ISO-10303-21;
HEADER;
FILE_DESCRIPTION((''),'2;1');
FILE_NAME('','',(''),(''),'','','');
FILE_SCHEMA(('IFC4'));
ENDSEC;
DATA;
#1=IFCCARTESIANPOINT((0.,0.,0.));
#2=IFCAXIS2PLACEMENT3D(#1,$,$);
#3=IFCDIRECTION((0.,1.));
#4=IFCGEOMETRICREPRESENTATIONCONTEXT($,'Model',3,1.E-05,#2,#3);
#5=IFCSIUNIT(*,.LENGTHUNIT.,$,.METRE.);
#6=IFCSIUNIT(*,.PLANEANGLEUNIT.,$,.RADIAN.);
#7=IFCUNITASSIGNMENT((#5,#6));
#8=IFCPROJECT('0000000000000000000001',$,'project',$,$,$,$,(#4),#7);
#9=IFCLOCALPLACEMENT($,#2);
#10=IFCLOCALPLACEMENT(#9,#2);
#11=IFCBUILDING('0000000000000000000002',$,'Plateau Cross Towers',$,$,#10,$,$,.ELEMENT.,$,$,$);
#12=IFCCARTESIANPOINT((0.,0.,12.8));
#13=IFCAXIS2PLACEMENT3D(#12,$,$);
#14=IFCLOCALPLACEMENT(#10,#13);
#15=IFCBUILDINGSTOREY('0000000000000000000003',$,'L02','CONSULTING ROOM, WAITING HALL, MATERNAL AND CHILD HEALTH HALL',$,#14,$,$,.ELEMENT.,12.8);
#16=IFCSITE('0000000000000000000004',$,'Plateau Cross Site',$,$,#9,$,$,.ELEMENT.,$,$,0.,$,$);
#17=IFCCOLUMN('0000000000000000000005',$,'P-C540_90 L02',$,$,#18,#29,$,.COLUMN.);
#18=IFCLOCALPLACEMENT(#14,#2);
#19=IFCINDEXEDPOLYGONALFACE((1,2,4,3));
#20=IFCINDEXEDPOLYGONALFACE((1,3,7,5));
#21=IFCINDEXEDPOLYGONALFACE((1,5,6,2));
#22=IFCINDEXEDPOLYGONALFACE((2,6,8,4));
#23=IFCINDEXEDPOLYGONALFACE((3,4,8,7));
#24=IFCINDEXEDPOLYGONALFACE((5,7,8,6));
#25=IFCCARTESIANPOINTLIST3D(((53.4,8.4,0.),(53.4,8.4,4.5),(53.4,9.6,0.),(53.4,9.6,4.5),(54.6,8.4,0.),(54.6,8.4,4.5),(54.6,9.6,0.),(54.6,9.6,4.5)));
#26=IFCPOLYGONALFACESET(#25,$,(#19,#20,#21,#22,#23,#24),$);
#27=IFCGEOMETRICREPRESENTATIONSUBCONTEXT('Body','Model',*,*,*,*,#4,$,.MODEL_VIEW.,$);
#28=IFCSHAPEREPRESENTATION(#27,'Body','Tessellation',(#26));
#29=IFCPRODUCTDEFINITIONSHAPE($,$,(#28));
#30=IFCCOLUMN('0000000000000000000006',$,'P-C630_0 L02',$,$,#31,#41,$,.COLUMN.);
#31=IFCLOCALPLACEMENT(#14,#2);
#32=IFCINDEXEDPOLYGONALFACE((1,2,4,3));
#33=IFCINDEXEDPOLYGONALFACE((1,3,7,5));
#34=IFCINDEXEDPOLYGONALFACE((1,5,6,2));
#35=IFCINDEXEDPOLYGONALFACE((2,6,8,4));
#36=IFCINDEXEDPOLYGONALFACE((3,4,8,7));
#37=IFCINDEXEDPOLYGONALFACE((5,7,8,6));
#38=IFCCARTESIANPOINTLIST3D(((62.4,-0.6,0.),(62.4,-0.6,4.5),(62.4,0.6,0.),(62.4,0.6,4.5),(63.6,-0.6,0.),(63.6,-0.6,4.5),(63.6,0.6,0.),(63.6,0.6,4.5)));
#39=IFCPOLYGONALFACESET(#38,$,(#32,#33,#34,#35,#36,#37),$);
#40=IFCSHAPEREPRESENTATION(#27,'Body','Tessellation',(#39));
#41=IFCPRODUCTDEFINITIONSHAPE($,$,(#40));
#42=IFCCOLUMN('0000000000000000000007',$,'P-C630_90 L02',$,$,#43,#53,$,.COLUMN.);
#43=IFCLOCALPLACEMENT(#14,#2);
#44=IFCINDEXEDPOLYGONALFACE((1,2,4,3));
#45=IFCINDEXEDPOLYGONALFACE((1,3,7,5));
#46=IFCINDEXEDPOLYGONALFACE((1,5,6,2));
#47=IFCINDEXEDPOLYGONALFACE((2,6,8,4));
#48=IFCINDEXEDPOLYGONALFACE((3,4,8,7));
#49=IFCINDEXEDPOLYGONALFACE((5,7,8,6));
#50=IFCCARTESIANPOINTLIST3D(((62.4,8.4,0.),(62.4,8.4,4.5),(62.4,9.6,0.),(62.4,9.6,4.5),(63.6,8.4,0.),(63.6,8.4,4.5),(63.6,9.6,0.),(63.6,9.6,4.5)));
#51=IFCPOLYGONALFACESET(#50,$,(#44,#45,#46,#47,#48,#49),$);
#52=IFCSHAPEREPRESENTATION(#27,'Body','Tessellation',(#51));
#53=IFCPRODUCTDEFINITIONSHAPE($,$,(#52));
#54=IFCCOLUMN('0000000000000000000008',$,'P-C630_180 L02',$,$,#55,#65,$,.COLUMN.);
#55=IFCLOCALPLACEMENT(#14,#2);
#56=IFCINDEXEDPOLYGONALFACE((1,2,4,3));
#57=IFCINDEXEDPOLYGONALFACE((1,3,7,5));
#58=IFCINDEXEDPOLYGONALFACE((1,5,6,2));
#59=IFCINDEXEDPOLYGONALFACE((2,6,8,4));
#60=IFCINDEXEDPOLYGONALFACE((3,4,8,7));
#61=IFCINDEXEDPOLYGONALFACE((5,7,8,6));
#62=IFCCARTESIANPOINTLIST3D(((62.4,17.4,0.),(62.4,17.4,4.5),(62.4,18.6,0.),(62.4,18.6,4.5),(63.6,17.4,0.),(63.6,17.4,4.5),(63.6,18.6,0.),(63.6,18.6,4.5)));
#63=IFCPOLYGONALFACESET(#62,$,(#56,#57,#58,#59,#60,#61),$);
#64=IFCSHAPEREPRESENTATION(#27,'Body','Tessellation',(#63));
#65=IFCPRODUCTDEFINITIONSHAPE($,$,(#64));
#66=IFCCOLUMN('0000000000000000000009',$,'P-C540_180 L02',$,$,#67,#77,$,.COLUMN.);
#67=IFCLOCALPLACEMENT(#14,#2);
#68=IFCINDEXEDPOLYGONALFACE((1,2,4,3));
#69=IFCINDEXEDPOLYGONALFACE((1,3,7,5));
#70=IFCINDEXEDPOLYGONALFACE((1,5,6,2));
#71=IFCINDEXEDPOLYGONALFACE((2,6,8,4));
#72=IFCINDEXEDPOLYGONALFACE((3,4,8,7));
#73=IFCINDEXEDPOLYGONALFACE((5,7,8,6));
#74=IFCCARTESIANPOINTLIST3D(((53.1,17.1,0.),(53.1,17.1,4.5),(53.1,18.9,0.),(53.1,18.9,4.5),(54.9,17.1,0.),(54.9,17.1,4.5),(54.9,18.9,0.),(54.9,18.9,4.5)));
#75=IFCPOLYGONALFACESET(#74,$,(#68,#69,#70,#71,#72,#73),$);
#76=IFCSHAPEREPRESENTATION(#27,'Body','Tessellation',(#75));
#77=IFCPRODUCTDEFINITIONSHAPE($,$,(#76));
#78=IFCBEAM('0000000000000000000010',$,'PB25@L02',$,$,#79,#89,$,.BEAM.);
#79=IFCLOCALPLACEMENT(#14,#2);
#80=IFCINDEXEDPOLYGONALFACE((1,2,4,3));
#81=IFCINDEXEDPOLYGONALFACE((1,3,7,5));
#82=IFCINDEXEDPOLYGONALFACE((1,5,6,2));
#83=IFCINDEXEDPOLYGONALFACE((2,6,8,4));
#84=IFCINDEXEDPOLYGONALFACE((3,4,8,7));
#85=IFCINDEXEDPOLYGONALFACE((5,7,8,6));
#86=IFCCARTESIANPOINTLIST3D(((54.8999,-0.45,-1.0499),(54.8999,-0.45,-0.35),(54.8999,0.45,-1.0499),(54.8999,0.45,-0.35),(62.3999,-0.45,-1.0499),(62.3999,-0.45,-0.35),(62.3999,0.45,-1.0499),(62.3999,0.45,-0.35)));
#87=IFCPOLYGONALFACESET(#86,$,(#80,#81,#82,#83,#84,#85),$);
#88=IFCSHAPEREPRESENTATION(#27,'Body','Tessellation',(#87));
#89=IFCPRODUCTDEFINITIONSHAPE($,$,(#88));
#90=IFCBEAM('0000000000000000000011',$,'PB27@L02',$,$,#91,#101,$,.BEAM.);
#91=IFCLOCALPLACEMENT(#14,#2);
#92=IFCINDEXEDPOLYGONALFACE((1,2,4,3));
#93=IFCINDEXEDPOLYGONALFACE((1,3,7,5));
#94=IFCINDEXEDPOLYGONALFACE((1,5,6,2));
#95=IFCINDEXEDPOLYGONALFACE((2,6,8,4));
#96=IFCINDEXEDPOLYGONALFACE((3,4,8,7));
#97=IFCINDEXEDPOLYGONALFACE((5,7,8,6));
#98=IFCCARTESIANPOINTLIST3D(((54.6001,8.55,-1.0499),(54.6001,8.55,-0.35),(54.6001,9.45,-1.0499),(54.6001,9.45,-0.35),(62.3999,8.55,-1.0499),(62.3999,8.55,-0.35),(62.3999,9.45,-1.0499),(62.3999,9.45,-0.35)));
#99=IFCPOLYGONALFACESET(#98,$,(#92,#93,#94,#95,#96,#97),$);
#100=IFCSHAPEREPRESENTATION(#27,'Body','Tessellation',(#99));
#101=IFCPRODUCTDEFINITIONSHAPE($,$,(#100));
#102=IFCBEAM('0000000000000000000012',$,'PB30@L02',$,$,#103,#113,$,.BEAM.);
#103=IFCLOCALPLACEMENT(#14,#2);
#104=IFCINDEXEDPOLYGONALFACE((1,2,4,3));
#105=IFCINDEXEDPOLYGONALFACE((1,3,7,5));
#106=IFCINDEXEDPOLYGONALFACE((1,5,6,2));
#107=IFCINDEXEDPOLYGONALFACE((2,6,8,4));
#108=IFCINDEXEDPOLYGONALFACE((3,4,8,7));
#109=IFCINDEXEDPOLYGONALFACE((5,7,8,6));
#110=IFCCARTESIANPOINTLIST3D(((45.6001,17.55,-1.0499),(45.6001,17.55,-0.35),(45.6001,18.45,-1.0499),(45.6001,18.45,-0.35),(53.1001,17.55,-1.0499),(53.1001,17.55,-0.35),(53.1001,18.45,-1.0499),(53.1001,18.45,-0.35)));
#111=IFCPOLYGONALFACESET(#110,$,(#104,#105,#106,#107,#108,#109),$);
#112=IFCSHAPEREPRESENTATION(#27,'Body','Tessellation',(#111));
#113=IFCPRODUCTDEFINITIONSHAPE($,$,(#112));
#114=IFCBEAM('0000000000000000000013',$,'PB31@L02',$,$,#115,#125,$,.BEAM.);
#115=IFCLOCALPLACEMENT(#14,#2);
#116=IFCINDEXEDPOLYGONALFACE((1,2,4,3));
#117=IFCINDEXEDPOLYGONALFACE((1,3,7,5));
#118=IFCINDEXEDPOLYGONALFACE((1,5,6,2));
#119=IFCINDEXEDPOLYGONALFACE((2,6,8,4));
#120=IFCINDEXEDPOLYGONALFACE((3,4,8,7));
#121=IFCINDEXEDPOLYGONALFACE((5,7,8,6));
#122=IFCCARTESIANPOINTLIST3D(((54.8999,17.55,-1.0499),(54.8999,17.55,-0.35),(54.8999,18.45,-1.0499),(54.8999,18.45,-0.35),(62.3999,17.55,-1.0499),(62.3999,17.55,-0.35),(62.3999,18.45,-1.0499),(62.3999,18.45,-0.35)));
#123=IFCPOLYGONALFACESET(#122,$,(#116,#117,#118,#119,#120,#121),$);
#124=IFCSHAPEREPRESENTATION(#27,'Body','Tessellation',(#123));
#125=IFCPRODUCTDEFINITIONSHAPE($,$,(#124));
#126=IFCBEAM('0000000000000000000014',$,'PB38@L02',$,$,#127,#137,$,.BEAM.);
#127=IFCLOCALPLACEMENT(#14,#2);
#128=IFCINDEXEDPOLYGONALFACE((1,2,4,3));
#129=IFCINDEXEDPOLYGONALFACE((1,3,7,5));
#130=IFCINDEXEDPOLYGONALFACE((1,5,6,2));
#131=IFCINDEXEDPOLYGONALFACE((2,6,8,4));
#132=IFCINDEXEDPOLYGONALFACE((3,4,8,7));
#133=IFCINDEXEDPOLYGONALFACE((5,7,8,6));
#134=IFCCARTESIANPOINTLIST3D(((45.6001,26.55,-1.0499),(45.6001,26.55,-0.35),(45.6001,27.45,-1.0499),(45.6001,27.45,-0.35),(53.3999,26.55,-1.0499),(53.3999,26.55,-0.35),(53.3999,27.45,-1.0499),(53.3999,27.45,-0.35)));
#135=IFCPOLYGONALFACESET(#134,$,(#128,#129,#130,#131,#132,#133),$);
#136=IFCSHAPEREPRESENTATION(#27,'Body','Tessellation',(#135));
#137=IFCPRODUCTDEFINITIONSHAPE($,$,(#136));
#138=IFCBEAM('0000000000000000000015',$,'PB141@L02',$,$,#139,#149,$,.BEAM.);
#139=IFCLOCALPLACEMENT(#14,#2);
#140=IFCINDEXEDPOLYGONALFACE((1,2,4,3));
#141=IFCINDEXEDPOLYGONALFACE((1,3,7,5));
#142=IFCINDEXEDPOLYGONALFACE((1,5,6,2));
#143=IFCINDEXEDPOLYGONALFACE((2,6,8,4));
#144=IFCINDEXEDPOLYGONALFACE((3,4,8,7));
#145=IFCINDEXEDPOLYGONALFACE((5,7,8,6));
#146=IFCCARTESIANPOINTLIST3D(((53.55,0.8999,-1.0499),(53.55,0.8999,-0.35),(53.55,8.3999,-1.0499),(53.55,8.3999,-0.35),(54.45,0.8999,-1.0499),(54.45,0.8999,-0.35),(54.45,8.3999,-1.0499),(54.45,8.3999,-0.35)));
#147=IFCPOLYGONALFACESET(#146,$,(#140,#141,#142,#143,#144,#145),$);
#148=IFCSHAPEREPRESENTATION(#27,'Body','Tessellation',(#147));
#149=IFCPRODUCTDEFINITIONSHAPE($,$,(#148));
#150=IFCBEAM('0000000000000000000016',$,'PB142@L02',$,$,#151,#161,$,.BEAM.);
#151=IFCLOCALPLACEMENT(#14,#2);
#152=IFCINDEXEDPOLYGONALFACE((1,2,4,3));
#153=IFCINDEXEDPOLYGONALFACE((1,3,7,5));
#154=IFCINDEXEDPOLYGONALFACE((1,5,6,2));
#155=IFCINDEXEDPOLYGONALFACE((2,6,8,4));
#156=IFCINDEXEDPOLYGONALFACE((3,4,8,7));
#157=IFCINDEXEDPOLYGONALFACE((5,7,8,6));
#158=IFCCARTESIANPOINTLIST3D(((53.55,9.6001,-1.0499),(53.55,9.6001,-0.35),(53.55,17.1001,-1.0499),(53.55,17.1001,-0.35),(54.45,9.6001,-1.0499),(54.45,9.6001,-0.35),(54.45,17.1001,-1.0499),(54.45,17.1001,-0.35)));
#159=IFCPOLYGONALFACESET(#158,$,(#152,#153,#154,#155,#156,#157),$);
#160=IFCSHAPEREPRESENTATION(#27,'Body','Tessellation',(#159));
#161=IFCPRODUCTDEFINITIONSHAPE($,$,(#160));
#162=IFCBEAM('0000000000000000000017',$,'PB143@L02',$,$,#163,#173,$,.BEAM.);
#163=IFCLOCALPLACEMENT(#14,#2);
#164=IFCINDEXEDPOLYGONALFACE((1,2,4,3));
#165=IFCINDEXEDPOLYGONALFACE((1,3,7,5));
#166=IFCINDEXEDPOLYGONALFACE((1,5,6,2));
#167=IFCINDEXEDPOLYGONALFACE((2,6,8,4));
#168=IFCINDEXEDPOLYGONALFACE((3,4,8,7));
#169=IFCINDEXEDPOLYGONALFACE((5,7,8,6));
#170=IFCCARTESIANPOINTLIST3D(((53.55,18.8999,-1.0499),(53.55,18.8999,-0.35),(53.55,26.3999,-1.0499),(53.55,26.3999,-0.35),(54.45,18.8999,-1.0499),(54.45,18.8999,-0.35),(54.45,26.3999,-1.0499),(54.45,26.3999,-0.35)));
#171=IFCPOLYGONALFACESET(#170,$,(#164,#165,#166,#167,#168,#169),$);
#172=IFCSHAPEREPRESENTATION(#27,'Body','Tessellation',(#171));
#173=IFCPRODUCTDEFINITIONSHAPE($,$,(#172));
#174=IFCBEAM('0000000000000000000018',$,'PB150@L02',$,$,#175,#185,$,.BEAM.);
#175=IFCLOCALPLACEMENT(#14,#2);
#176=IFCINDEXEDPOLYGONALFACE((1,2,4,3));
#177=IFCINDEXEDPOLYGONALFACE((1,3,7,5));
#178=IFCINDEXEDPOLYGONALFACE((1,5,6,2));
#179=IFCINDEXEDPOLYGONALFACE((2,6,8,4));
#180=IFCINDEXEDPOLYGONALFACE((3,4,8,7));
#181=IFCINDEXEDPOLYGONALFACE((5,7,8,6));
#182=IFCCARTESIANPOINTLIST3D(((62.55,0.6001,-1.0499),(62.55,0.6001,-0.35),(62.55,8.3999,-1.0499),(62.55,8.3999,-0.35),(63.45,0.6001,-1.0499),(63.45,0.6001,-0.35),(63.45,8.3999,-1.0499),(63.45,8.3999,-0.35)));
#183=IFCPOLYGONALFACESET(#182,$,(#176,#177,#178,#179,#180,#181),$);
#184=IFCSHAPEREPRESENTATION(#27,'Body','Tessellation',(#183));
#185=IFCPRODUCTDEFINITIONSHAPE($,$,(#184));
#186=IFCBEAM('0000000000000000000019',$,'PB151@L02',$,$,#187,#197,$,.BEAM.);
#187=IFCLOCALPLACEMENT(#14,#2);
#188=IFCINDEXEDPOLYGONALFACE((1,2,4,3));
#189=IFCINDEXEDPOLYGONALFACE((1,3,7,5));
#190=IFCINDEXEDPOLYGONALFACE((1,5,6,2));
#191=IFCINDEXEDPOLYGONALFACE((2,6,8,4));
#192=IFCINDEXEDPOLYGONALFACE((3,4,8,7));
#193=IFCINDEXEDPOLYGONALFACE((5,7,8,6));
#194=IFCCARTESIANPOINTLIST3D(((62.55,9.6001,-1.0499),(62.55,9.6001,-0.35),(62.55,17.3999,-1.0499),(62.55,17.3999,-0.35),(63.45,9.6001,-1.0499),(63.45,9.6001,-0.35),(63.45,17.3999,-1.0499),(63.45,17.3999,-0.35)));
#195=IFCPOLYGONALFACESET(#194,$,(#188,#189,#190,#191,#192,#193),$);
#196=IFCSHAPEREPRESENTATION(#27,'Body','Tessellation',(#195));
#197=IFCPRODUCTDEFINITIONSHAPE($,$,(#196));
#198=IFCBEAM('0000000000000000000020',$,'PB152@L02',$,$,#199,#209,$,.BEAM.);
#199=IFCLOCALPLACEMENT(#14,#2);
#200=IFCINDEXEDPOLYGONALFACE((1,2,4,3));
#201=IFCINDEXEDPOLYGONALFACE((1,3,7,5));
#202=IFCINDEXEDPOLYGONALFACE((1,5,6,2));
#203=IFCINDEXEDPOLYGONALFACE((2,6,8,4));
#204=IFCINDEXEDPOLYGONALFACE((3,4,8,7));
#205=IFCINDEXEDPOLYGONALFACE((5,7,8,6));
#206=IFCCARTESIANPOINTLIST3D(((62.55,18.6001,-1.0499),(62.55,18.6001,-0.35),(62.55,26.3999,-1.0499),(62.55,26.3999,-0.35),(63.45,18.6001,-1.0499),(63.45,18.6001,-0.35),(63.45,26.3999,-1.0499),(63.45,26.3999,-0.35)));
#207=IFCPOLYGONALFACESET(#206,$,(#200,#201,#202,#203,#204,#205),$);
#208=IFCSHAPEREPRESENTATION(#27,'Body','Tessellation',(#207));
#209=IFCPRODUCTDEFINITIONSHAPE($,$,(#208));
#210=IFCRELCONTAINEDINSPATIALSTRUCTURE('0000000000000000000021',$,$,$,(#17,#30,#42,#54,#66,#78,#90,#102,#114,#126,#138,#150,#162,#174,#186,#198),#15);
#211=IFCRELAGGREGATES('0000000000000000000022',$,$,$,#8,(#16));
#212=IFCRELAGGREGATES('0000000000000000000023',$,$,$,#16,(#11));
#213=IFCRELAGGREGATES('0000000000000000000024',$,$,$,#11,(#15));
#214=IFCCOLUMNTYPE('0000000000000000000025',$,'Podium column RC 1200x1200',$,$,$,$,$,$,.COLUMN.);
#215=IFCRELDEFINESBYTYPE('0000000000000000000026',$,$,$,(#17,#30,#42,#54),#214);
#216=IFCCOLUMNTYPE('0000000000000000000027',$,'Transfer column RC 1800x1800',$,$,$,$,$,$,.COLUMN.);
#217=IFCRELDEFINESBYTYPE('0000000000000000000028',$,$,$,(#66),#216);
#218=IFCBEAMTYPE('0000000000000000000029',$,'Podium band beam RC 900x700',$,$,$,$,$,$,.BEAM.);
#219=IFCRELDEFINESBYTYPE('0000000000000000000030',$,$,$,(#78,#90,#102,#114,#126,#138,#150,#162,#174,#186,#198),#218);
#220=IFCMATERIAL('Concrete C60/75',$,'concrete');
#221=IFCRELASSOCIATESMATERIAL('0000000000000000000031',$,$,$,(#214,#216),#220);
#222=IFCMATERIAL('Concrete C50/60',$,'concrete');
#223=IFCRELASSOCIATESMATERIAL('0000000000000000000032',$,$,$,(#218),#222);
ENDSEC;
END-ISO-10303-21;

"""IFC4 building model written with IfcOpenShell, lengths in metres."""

from ifc_helpers import new_model, si_unit, direction, frame, origin, origin_2d, place, context, subcontext, project, spatial, rectangle, extrude, material, material_profile, profile_set, type_object, element, save


model = new_model("IFC4")

# Units and contexts
model_context = context("Model", 3, precision=1e-05, world=origin(), true_north=direction((0.0, 1.0)))
body_context = subcontext(model_context, "Body", "Model", "MODEL_VIEW")
ifc_project = project(units=[si_unit("LENGTHUNIT", "METRE"), si_unit("PLANEANGLEUNIT", "RADIAN")], contexts=[model_context])

# Site, building, storey
site_placement = place(None, origin())
site = spatial("IfcSite", under=ifc_project, at=site_placement, Name="Plateau Cross Site", CompositionType="ELEMENT", RefElevation=0.0)
building_placement = place(site_placement, origin())
building = spatial("IfcBuilding", under=site, at=building_placement, Name="Plateau Cross Towers", CompositionType="ELEMENT")
storey_placement = place(building_placement, frame((0.0, 0.0, 12.8)))
storey = spatial("IfcBuildingStorey", under=building, at=storey_placement, Name="L02", Description="CONSULTING ROOM, WAITING HALL, MATERNAL AND CHILD HEALTH HALL", CompositionType="ELEMENT", Elevation=12.8)

# Columns
ifc_material_1 = material(Name="Concrete C60/75", Category="concrete")
ifc_material_profile_1 = material_profile(ifc_material_1, rectangle(XDim=1.2, YDim=1.2, at=origin_2d()), Name="RC 1200x1200")
ifc_profile_set_1 = profile_set([ifc_material_profile_1], Name="Concrete C60/75")
column_type_1 = type_object("IfcColumnType", Name="Podium column RC 1200x1200", PredefinedType="COLUMN", material=ifc_profile_set_1)
for number, where, z_axis, x_axis, name in (
    (1, (54.0, 9.0, 0.0), (0.0, 0.0, 1.0), (1.0, 0.0, 0.0), "P-C540_90 L02"),
    (2, (63.0, 0.0, 0.0), (0.0, 0.0, 1.0), (1.0, 0.0, 0.0), "P-C630_0 L02"),
    (3, (63.0, 9.0, 0.0), (0.0, 0.0, 1.0), (1.0, 0.0, 0.0), "P-C630_90 L02"),
    (4, (63.0, 18.0, 0.0), (0.0, 0.0, 1.0), (1.0, 0.0, 0.0), "P-C630_180 L02"),
):
    element("IfcColumn", number, at=place(storey_placement, frame(where, z_axis=z_axis, x_axis=x_axis)), inside=storey, type_object=column_type_1, Name=name, PredefinedType="COLUMN", context=body_context, shape_type="SweptSolid", body=[
        extrude(rectangle(XDim=1.2, YDim=1.2, at=origin_2d()), origin(), (0.0, 0.0, 1.0), 4.5),
    ])
ifc_material_profile_2 = material_profile(ifc_material_1, rectangle(XDim=1.8, YDim=1.8, at=origin_2d()), Name="RC 1800x1800")
ifc_profile_set_2 = profile_set([ifc_material_profile_2], Name="Concrete C60/75")
column_type_2 = type_object("IfcColumnType", Name="Transfer column RC 1800x1800", PredefinedType="COLUMN", material=ifc_profile_set_2)
column_placement = place(storey_placement, frame((54.0, 18.0, 0.0), z_axis=(0.0, 0.0, 1.0), x_axis=(1.0, 0.0, 0.0)))
element("IfcColumn", 5, at=column_placement, inside=storey, type_object=column_type_2, Name="P-C540_180 L02", PredefinedType="COLUMN", context=body_context, shape_type="SweptSolid", body=[
    extrude(rectangle(XDim=1.8, YDim=1.8, at=origin_2d()), origin(), (0.0, 0.0, 1.0), 4.5),
])

# Beams
ifc_material_2 = material(Name="Concrete C50/60", Category="concrete")
ifc_material_profile_3 = material_profile(ifc_material_2, rectangle(XDim=0.8999, YDim=0.7, at=origin_2d()), Name="RC 900x700")
ifc_profile_set_3 = profile_set([ifc_material_profile_3], Name="Concrete C50/60")
beam_type = type_object("IfcBeamType", Name="Podium band beam RC 900x700", PredefinedType="BEAM", material=ifc_profile_set_3)
beam_1_placement = place(storey_placement, frame((54.8999, 0.0, -0.7), z_axis=(1.0, 0.0, 0.0), x_axis=(0.0, 1.0, 0.0)))
element("IfcBeam", 6, at=beam_1_placement, inside=storey, type_object=beam_type, Name="PB25@L02", PredefinedType="BEAM", context=body_context, shape_type="SweptSolid", body=[
    extrude(rectangle(XDim=0.8999, YDim=0.7, at=origin_2d()), origin(), (0.0, 0.0, 1.0), 7.5),
])
beam_2_placement = place(storey_placement, frame((54.6001, 9.0, -0.7), z_axis=(1.0, 0.0, 0.0), x_axis=(0.0, 1.0, 0.0)))
element("IfcBeam", 7, at=beam_2_placement, inside=storey, type_object=beam_type, Name="PB27@L02", PredefinedType="BEAM", context=body_context, shape_type="SweptSolid", body=[
    extrude(rectangle(XDim=0.8999, YDim=0.7, at=origin_2d()), origin(), (0.0, 0.0, 1.0), 7.7998),
])
for number, where, z_axis, x_axis, name in (
    (8, (45.6001, 18.0, -0.7), (1.0, 0.0, 0.0), (0.0, 1.0, 0.0), "PB30@L02"),
    (9, (54.8999, 18.0, -0.7), (1.0, 0.0, 0.0), (0.0, 1.0, 0.0), "PB31@L02"),
):
    element("IfcBeam", number, at=place(storey_placement, frame(where, z_axis=z_axis, x_axis=x_axis)), inside=storey, type_object=beam_type, Name=name, PredefinedType="BEAM", context=body_context, shape_type="SweptSolid", body=[
        extrude(rectangle(XDim=0.8999, YDim=0.7, at=origin_2d()), origin(), (0.0, 0.0, 1.0), 7.5),
    ])
beam_3_placement = place(storey_placement, frame((45.6001, 27.0, -0.7), z_axis=(1.0, 0.0, 0.0), x_axis=(0.0, 1.0, 0.0)))
element("IfcBeam", 10, at=beam_3_placement, inside=storey, type_object=beam_type, Name="PB38@L02", PredefinedType="BEAM", context=body_context, shape_type="SweptSolid", body=[
    extrude(rectangle(XDim=0.8999, YDim=0.7, at=origin_2d()), origin(), (0.0, 0.0, 1.0), 7.7998),
])
for number, where, z_axis, x_axis, name in (
    (11, (54.0, 0.8999, -0.7), (0.0, 1.0, 0.0), (-1.0, 0.0, 0.0), "PB141@L02"),
    (12, (54.0, 9.6001, -0.7), (0.0, 1.0, 0.0), (-1.0, 0.0, 0.0), "PB142@L02"),
    (13, (54.0, 18.8999, -0.7), (0.0, 1.0, 0.0), (-1.0, 0.0, 0.0), "PB143@L02"),
):
    element("IfcBeam", number, at=place(storey_placement, frame(where, z_axis=z_axis, x_axis=x_axis)), inside=storey, type_object=beam_type, Name=name, PredefinedType="BEAM", context=body_context, shape_type="SweptSolid", body=[
        extrude(rectangle(XDim=0.8999, YDim=0.7, at=origin_2d()), origin(), (0.0, 0.0, 1.0), 7.5),
    ])
for number, where, z_axis, x_axis, name in (
    (14, (63.0, 0.6001, -0.7), (0.0, 1.0, 0.0), (-1.0, 0.0, 0.0), "PB150@L02"),
    (15, (63.0, 9.6001, -0.7), (0.0, 1.0, 0.0), (-1.0, 0.0, 0.0), "PB151@L02"),
    (16, (63.0, 18.6001, -0.7), (0.0, 1.0, 0.0), (-1.0, 0.0, 0.0), "PB152@L02"),
):
    element("IfcBeam", number, at=place(storey_placement, frame(where, z_axis=z_axis, x_axis=x_axis)), inside=storey, type_object=beam_type, Name=name, PredefinedType="BEAM", context=body_context, shape_type="SweptSolid", body=[
        extrude(rectangle(XDim=0.8999, YDim=0.7, at=origin_2d()), origin(), (0.0, 0.0, 1.0), 7.7998),
    ])

save(model, "model.ifc")
